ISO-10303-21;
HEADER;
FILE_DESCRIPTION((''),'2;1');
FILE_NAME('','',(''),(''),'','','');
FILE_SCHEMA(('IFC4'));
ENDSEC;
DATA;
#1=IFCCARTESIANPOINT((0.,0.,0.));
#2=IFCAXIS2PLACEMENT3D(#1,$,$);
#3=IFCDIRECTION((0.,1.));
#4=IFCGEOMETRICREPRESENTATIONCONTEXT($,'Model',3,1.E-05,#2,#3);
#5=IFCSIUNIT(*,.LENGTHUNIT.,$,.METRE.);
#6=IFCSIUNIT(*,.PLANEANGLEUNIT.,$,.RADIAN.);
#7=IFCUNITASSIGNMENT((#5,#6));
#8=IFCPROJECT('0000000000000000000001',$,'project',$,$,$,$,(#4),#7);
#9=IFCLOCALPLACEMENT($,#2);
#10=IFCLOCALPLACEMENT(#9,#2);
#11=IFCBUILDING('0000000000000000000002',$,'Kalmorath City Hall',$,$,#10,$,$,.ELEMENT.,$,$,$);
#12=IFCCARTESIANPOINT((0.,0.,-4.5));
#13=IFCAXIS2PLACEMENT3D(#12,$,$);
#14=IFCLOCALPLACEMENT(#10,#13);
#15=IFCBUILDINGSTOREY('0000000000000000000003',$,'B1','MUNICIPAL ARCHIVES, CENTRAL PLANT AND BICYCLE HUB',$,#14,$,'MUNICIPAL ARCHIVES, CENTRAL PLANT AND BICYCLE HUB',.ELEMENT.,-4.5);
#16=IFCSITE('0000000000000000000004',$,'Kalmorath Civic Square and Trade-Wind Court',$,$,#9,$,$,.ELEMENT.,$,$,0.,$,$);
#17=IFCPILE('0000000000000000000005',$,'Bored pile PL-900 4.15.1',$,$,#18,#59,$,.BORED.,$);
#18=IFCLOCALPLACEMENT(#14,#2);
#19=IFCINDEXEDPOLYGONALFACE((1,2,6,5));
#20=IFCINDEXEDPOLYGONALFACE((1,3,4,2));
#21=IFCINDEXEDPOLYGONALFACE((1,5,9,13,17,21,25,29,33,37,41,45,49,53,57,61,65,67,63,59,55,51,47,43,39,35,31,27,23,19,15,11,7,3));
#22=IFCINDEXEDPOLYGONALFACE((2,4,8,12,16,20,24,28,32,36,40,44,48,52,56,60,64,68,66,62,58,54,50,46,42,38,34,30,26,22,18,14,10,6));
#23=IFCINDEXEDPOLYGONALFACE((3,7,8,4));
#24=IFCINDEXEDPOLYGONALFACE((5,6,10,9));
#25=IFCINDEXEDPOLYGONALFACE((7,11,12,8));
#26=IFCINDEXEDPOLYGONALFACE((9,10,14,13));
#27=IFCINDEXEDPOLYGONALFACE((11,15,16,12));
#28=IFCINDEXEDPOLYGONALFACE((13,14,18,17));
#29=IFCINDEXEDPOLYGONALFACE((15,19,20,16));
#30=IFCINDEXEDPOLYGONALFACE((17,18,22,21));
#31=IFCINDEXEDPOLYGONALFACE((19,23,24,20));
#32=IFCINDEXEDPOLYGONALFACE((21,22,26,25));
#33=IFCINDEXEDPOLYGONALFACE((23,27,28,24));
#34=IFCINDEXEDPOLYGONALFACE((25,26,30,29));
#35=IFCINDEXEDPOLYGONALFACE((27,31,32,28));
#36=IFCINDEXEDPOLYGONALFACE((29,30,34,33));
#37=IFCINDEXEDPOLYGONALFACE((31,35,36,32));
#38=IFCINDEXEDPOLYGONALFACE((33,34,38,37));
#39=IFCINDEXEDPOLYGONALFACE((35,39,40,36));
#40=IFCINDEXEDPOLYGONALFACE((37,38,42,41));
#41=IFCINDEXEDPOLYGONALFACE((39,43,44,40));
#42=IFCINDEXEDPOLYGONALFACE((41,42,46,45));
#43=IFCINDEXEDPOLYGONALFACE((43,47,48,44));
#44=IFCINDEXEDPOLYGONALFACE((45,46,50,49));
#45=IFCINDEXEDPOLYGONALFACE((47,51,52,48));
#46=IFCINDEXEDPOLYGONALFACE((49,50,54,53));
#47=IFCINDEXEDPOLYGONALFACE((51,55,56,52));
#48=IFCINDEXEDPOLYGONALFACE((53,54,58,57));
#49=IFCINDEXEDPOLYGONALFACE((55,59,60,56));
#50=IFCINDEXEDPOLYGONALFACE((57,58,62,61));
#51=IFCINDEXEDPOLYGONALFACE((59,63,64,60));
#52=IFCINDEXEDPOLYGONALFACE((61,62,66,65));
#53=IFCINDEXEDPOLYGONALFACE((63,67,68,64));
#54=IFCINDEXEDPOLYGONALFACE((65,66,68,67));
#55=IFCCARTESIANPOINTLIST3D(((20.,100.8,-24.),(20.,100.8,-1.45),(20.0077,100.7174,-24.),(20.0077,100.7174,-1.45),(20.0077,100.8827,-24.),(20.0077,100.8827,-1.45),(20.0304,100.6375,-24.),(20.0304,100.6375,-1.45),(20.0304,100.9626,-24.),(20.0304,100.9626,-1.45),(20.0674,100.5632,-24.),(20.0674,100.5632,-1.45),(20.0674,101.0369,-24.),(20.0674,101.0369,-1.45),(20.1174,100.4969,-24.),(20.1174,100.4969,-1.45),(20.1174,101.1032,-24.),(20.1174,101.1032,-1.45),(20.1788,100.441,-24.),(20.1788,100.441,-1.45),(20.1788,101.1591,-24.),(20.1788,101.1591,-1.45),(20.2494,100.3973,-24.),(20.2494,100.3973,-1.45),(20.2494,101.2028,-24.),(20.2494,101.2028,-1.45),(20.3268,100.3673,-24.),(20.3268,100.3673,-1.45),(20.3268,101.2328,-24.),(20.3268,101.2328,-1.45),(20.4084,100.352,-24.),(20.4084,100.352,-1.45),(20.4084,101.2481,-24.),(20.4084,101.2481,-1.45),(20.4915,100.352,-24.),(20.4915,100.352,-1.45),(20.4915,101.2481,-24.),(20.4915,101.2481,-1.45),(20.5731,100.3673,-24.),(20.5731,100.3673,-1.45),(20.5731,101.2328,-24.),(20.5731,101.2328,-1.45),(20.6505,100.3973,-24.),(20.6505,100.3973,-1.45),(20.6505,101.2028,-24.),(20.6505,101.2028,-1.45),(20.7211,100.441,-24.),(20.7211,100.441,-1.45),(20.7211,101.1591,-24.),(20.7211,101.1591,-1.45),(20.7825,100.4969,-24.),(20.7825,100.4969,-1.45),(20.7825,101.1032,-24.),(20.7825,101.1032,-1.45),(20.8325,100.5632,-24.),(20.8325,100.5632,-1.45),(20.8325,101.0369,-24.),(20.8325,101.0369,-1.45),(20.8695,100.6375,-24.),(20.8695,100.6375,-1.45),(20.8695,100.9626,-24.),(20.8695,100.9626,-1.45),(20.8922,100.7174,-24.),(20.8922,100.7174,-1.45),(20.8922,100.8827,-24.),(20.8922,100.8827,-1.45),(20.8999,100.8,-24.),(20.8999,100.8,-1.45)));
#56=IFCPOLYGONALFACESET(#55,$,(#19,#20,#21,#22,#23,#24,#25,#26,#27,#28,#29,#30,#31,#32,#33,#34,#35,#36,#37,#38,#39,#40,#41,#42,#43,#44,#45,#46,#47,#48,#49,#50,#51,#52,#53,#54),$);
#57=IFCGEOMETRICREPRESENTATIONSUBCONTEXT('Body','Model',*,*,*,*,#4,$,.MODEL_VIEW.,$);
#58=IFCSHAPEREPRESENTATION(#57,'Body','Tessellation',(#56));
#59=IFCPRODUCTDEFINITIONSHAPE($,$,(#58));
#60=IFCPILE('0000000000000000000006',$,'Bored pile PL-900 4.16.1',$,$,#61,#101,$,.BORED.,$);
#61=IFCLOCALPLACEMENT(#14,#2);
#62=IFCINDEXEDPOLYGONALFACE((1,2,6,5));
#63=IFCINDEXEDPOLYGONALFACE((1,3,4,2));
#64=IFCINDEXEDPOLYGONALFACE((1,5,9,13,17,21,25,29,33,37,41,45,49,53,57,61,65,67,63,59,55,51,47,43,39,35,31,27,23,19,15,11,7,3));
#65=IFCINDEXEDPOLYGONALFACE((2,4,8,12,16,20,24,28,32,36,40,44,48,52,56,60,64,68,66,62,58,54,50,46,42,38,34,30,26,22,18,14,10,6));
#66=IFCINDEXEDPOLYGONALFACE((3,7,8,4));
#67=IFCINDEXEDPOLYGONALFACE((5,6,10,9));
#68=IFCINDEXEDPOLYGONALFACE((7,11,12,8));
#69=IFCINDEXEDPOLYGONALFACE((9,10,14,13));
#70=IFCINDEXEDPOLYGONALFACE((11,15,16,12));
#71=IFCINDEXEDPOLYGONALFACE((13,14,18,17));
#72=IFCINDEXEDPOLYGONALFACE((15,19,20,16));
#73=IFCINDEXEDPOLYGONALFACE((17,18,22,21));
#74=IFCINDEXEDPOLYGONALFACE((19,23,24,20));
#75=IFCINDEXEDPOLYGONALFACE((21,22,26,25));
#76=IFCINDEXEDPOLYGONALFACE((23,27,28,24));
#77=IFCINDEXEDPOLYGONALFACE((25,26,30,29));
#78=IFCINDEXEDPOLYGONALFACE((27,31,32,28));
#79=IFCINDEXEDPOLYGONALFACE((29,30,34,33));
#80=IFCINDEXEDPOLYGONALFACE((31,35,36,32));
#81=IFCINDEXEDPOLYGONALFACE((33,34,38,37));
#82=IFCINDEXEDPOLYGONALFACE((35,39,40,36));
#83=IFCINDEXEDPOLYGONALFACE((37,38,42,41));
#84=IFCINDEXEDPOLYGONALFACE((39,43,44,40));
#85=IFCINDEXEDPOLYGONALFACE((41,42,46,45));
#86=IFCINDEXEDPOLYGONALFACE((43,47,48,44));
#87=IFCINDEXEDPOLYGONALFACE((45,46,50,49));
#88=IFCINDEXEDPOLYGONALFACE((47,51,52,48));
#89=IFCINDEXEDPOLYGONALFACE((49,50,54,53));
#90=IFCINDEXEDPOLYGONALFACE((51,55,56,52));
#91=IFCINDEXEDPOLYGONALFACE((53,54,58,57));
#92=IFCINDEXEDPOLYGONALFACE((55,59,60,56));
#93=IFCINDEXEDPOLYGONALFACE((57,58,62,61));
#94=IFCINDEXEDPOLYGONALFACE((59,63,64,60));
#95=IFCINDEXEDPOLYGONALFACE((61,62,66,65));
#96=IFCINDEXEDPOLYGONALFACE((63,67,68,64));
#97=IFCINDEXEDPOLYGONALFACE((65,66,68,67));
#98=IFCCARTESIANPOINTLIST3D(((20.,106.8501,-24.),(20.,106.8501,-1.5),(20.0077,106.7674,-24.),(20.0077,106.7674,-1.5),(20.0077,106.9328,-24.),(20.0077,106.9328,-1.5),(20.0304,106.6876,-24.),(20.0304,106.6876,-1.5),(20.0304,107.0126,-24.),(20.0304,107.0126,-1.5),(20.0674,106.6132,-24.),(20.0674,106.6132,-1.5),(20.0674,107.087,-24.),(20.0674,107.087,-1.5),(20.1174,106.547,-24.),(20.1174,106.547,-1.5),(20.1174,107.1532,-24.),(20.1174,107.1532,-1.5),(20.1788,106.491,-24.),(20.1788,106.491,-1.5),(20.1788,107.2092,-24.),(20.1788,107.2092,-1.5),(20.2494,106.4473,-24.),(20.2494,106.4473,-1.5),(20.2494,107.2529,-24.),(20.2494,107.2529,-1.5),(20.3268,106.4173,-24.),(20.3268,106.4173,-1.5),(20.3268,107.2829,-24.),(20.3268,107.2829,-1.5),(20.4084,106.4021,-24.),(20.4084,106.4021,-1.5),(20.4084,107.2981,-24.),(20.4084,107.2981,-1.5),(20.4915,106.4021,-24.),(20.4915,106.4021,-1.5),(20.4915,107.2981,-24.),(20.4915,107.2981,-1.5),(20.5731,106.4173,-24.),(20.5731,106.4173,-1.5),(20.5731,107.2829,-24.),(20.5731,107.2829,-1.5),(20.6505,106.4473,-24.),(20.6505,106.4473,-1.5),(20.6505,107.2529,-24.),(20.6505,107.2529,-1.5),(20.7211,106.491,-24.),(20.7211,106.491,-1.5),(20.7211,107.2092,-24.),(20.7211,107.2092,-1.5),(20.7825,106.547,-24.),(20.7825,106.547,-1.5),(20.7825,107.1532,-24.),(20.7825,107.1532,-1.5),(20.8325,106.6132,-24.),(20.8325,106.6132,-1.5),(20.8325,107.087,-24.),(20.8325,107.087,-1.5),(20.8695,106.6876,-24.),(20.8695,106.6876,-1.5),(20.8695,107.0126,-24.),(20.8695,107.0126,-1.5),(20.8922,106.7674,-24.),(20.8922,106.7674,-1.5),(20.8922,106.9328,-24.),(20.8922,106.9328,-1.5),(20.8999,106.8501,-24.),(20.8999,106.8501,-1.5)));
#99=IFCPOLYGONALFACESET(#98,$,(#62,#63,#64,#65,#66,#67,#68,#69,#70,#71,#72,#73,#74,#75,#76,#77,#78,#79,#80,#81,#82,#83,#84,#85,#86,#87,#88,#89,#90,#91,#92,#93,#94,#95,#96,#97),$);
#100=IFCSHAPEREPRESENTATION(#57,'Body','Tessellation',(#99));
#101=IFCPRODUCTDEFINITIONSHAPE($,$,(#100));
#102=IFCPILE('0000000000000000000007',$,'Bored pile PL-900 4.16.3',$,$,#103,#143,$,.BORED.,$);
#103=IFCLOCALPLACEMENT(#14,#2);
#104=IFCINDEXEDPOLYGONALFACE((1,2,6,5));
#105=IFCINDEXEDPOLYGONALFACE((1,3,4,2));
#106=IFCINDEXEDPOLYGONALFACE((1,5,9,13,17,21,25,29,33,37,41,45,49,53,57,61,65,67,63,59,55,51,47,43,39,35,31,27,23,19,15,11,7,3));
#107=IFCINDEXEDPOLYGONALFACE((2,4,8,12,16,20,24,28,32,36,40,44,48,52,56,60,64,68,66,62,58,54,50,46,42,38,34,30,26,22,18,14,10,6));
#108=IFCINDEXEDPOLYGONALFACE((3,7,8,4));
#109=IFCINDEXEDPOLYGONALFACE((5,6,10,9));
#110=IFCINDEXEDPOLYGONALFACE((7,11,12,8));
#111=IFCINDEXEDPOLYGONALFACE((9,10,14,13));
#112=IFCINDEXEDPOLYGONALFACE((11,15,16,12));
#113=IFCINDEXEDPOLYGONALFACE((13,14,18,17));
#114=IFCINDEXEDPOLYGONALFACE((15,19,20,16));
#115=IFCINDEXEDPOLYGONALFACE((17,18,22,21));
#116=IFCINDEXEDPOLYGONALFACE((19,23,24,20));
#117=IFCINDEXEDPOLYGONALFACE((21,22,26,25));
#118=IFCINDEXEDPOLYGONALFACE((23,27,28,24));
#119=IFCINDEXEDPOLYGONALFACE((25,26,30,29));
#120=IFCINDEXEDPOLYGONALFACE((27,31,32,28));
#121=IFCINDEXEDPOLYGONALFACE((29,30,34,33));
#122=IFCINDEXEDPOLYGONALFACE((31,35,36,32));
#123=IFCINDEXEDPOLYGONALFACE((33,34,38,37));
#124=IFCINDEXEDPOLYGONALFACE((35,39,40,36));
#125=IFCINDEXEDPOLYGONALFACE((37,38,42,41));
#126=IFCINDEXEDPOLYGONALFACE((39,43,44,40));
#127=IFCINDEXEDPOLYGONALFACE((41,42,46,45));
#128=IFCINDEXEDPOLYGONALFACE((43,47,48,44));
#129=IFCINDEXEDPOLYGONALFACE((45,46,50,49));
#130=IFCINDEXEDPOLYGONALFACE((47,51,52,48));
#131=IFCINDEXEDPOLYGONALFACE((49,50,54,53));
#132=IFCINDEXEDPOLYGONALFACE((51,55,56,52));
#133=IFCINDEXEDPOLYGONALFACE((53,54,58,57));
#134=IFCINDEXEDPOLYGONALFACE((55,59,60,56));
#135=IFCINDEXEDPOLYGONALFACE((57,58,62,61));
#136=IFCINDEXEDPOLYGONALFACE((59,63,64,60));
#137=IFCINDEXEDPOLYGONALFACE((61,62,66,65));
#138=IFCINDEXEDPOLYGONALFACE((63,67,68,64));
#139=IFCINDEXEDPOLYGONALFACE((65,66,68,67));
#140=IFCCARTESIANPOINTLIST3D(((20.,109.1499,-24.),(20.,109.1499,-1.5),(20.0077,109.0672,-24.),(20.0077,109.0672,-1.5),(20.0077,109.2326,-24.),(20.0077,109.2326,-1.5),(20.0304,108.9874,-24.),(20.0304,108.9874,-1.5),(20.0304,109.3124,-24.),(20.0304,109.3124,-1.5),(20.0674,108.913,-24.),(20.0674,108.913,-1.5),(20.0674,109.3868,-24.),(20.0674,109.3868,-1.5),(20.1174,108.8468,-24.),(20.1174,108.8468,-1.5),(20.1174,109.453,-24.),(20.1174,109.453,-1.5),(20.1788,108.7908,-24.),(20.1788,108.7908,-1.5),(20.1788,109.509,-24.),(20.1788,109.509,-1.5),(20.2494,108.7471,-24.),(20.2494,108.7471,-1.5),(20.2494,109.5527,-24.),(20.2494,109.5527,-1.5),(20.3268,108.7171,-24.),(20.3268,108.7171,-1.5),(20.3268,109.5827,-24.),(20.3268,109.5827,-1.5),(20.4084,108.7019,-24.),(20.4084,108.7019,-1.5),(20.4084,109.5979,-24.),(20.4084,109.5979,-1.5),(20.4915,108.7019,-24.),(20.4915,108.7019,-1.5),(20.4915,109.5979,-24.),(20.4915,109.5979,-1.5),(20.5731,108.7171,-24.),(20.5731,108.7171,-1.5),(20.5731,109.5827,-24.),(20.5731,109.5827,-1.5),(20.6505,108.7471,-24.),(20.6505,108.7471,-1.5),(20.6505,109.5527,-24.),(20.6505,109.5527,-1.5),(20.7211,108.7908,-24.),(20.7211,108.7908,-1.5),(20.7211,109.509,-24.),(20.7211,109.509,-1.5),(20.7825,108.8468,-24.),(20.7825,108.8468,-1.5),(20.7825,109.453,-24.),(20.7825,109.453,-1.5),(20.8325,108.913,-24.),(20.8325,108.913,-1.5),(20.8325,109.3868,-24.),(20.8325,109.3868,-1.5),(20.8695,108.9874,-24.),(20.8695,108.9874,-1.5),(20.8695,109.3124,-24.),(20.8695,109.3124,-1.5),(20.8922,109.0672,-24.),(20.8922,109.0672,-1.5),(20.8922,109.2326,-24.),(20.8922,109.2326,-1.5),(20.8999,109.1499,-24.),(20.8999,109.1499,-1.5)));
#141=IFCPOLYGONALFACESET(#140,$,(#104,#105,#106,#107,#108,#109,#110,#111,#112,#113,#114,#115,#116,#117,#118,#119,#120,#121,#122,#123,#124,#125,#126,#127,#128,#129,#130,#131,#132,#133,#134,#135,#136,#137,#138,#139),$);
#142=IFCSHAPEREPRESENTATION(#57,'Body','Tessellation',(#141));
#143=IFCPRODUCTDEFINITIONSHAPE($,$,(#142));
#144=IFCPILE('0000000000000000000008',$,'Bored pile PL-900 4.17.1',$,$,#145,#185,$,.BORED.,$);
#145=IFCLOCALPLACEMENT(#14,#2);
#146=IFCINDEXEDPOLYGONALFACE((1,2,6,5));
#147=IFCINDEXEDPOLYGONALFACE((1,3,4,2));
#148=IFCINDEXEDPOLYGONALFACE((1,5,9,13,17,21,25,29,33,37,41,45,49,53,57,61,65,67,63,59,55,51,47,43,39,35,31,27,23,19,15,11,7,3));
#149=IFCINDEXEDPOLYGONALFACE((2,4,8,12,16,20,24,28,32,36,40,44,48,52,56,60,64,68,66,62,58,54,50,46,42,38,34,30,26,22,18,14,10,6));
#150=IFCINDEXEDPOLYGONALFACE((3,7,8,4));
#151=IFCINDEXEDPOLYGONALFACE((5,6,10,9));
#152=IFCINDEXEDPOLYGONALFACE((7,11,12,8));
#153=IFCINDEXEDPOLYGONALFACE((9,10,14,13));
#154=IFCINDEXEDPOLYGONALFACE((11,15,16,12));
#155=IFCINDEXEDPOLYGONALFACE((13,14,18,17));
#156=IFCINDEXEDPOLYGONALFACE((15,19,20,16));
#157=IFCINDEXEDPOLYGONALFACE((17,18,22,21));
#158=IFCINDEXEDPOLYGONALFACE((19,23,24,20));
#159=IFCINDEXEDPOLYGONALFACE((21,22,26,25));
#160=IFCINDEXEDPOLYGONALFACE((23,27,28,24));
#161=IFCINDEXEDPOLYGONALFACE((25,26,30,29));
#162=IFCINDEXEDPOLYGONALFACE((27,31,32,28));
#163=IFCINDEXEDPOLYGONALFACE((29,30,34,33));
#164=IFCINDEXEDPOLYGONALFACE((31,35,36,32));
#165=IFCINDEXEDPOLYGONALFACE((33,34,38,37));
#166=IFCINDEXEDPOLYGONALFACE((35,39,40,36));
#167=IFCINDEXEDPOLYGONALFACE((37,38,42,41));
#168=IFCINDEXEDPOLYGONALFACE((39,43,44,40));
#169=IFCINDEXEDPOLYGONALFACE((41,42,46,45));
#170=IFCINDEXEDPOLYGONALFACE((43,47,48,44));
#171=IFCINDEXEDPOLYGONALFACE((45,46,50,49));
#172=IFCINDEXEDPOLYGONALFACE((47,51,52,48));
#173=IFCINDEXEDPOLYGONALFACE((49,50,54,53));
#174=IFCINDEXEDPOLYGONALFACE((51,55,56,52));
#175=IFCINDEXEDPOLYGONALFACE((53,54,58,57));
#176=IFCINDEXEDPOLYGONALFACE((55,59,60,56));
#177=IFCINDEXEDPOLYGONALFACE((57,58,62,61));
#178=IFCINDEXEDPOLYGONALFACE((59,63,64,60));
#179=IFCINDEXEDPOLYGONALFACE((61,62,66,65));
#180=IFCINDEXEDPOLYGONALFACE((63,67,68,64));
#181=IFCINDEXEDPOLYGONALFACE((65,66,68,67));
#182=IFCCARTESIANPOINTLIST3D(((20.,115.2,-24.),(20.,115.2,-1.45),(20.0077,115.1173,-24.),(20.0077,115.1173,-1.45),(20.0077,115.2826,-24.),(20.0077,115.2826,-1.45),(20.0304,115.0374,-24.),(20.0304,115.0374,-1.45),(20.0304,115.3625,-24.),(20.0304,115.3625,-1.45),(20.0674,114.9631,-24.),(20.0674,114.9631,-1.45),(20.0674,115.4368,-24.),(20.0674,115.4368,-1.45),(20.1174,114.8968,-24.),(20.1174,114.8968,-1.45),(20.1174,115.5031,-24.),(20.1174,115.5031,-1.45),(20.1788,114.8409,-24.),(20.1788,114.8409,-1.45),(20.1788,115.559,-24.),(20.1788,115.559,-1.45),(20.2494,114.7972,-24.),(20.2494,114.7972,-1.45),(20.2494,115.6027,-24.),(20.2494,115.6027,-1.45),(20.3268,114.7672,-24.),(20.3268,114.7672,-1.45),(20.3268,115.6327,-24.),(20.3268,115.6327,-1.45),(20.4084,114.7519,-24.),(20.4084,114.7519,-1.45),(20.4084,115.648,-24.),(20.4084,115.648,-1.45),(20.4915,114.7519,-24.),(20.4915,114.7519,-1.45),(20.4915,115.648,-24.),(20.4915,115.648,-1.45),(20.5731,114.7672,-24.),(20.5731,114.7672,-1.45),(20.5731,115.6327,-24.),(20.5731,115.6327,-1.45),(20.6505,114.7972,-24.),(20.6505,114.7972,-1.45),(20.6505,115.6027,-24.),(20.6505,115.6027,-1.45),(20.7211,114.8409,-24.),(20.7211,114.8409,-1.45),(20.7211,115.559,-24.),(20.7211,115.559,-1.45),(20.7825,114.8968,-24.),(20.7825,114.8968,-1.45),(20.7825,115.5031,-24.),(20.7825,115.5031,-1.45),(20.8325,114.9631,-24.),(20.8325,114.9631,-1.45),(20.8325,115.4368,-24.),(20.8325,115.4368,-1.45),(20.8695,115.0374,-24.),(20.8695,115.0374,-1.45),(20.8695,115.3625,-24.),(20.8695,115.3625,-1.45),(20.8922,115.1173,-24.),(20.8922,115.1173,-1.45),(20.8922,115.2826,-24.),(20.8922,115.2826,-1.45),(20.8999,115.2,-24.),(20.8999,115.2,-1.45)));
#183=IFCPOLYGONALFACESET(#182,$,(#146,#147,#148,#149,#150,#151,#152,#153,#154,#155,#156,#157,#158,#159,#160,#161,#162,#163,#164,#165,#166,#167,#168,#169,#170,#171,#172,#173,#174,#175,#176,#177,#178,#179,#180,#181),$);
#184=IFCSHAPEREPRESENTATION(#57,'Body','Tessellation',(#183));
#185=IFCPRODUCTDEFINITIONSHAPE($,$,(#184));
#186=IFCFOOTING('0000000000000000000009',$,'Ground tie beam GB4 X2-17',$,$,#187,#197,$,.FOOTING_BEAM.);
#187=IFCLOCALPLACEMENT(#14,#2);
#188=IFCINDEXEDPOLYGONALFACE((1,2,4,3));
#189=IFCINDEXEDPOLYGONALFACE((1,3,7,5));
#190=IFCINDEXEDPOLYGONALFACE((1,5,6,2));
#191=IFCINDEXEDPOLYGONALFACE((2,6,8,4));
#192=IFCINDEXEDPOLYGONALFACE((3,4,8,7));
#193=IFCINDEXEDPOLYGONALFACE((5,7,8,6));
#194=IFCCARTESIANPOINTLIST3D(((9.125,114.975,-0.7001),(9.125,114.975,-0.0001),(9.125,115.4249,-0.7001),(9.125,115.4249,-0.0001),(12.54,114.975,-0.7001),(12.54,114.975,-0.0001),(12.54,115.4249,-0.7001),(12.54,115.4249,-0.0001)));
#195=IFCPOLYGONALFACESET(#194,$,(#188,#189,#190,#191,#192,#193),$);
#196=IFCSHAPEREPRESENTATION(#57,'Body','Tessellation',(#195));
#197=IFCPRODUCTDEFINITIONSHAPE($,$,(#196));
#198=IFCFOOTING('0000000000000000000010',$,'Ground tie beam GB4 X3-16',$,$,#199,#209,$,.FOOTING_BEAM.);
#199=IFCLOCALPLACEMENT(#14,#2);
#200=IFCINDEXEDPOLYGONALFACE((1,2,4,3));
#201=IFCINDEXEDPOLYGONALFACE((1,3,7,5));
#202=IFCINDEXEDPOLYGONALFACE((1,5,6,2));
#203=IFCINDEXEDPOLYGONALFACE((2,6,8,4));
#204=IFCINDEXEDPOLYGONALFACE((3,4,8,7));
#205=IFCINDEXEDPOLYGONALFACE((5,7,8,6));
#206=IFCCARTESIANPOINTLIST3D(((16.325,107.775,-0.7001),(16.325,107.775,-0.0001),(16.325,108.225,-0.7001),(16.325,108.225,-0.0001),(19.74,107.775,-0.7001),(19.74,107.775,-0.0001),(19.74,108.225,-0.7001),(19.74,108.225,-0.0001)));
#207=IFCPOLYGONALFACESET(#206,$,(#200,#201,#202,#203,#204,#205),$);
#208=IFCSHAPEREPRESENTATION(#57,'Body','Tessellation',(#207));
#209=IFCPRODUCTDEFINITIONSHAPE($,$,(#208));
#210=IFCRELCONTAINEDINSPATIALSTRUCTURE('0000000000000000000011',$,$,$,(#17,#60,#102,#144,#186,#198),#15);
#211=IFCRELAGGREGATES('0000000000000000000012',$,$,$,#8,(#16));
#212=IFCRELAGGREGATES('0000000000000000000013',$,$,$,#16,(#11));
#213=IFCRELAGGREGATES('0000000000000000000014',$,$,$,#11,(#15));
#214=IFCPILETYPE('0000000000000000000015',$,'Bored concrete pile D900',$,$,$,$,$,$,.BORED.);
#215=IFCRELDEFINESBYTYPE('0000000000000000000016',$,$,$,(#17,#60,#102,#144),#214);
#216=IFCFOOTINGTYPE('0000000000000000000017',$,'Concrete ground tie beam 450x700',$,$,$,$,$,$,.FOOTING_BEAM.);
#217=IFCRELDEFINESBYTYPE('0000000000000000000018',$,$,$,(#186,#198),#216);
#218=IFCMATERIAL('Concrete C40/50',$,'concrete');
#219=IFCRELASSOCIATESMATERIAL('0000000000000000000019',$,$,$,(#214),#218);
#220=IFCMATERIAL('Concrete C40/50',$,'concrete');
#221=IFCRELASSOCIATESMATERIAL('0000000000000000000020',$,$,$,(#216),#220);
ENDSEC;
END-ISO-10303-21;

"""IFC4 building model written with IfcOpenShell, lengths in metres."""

from ifc_helpers import new_model, si_unit, direction, frame, origin, origin_2d, place, context, subcontext, project, spatial, rectangle, circle, extrude, material, material_profile, profile_set, type_object, element, save


model = new_model("IFC4")

# Units and contexts
model_context = context("Model", 3, precision=1e-05, world=origin(), true_north=direction((0.0, 1.0)))
body_context = subcontext(model_context, "Body", "Model", "MODEL_VIEW")
ifc_project = project(units=[si_unit("LENGTHUNIT", "METRE"), si_unit("PLANEANGLEUNIT", "RADIAN")], contexts=[model_context])

# Site, building, storey
site_placement = place(None, origin())
site = spatial("IfcSite", under=ifc_project, at=site_placement, Name="Kalmorath Civic Square and Trade-Wind Court", CompositionType="ELEMENT", RefElevation=0.0)
building_placement = place(site_placement, origin())
building = spatial("IfcBuilding", under=site, at=building_placement, Name="Kalmorath City Hall", CompositionType="ELEMENT")
storey_placement = place(building_placement, frame((0.0, 0.0, -4.5)))
storey = spatial("IfcBuildingStorey", under=building, at=storey_placement, Name="B1", Description="MUNICIPAL ARCHIVES, CENTRAL PLANT AND BICYCLE HUB", LongName="MUNICIPAL ARCHIVES, CENTRAL PLANT AND BICYCLE HUB", CompositionType="ELEMENT", Elevation=-4.5)

# Piles
ifc_material_1 = material(Name="Concrete C40/50", Category="concrete")
ifc_material_profile_1 = material_profile(ifc_material_1, circle(Radius=0.45, at=origin_2d()), Name="PILE-D900")
ifc_profile_set_1 = profile_set([ifc_material_profile_1], Name="Concrete C40/50")
pile_type = type_object("IfcPileType", Name="Bored concrete pile D900", PredefinedType="BORED", material=ifc_profile_set_1)
pile_1_placement = place(storey_placement, frame((20.45, 100.8, -1.45), z_axis=(0.0, 0.0, -1.0), x_axis=(1.0, 0.0, 0.0)))
element("IfcPile", 1, at=pile_1_placement, inside=storey, type_object=pile_type, Name="Bored pile PL-900 4.15.1", PredefinedType="BORED", context=body_context, shape_type="SweptSolid", body=[
    extrude(circle(Radius=0.45, at=origin_2d()), origin(), (0.0, 0.0, 1.0), 22.55),
])
for number, where, z_axis, x_axis, name in (
    (2, (20.45, 106.8501, -1.5), (0.0, 0.0, -1.0), (1.0, 0.0, 0.0), "Bored pile PL-900 4.16.1"),
    (3, (20.45, 109.1499, -1.5), (0.0, 0.0, -1.0), (1.0, 0.0, 0.0), "Bored pile PL-900 4.16.3"),
):
    element("IfcPile", number, at=place(storey_placement, frame(where, z_axis=z_axis, x_axis=x_axis)), inside=storey, type_object=pile_type, Name=name, PredefinedType="BORED", context=body_context, shape_type="SweptSolid", body=[
        extrude(circle(Radius=0.45, at=origin_2d()), origin(), (0.0, 0.0, 1.0), 22.5),
    ])
pile_2_placement = place(storey_placement, frame((20.45, 115.2, -1.45), z_axis=(0.0, 0.0, -1.0), x_axis=(1.0, 0.0, 0.0)))
element("IfcPile", 4, at=pile_2_placement, inside=storey, type_object=pile_type, Name="Bored pile PL-900 4.17.1", PredefinedType="BORED", context=body_context, shape_type="SweptSolid", body=[
    extrude(circle(Radius=0.45, at=origin_2d()), origin(), (0.0, 0.0, 1.0), 22.55),
])

# Footings
ifc_material_2 = material(Name="Concrete C40/50", Category="concrete")
ifc_material_profile_2 = material_profile(ifc_material_2, rectangle(XDim=0.45, YDim=0.7, at=origin_2d()), Name="RC-BM-450X700")
ifc_profile_set_2 = profile_set([ifc_material_profile_2], Name="Concrete C40/50")
footing_type_1 = type_object("IfcFootingType", Name="Concrete ground tie beam 450x700", PredefinedType="FOOTING_BEAM", material=ifc_profile_set_2)
for number, where, z_axis, x_axis, name in (
    (5, (9.125, 115.2, -0.3501), (1.0, 0.0, 0.0), (0.0, 1.0, 0.0), "Ground tie beam GB4 X2-17"),
    (6, (16.325, 108.0, -0.3501), (1.0, 0.0, 0.0), (0.0, 1.0, 0.0), "Ground tie beam GB4 X3-16"),
):
    element("IfcFooting", number, at=place(storey_placement, frame(where, z_axis=z_axis, x_axis=x_axis)), inside=storey, type_object=footing_type_1, Name=name, PredefinedType="FOOTING_BEAM", context=body_context, shape_type="SweptSolid", body=[
        extrude(rectangle(XDim=0.45, YDim=0.7, at=origin_2d()), origin(), (0.0, 0.0, 1.0), 3.415),
    ])

save(model, "model.ifc")
